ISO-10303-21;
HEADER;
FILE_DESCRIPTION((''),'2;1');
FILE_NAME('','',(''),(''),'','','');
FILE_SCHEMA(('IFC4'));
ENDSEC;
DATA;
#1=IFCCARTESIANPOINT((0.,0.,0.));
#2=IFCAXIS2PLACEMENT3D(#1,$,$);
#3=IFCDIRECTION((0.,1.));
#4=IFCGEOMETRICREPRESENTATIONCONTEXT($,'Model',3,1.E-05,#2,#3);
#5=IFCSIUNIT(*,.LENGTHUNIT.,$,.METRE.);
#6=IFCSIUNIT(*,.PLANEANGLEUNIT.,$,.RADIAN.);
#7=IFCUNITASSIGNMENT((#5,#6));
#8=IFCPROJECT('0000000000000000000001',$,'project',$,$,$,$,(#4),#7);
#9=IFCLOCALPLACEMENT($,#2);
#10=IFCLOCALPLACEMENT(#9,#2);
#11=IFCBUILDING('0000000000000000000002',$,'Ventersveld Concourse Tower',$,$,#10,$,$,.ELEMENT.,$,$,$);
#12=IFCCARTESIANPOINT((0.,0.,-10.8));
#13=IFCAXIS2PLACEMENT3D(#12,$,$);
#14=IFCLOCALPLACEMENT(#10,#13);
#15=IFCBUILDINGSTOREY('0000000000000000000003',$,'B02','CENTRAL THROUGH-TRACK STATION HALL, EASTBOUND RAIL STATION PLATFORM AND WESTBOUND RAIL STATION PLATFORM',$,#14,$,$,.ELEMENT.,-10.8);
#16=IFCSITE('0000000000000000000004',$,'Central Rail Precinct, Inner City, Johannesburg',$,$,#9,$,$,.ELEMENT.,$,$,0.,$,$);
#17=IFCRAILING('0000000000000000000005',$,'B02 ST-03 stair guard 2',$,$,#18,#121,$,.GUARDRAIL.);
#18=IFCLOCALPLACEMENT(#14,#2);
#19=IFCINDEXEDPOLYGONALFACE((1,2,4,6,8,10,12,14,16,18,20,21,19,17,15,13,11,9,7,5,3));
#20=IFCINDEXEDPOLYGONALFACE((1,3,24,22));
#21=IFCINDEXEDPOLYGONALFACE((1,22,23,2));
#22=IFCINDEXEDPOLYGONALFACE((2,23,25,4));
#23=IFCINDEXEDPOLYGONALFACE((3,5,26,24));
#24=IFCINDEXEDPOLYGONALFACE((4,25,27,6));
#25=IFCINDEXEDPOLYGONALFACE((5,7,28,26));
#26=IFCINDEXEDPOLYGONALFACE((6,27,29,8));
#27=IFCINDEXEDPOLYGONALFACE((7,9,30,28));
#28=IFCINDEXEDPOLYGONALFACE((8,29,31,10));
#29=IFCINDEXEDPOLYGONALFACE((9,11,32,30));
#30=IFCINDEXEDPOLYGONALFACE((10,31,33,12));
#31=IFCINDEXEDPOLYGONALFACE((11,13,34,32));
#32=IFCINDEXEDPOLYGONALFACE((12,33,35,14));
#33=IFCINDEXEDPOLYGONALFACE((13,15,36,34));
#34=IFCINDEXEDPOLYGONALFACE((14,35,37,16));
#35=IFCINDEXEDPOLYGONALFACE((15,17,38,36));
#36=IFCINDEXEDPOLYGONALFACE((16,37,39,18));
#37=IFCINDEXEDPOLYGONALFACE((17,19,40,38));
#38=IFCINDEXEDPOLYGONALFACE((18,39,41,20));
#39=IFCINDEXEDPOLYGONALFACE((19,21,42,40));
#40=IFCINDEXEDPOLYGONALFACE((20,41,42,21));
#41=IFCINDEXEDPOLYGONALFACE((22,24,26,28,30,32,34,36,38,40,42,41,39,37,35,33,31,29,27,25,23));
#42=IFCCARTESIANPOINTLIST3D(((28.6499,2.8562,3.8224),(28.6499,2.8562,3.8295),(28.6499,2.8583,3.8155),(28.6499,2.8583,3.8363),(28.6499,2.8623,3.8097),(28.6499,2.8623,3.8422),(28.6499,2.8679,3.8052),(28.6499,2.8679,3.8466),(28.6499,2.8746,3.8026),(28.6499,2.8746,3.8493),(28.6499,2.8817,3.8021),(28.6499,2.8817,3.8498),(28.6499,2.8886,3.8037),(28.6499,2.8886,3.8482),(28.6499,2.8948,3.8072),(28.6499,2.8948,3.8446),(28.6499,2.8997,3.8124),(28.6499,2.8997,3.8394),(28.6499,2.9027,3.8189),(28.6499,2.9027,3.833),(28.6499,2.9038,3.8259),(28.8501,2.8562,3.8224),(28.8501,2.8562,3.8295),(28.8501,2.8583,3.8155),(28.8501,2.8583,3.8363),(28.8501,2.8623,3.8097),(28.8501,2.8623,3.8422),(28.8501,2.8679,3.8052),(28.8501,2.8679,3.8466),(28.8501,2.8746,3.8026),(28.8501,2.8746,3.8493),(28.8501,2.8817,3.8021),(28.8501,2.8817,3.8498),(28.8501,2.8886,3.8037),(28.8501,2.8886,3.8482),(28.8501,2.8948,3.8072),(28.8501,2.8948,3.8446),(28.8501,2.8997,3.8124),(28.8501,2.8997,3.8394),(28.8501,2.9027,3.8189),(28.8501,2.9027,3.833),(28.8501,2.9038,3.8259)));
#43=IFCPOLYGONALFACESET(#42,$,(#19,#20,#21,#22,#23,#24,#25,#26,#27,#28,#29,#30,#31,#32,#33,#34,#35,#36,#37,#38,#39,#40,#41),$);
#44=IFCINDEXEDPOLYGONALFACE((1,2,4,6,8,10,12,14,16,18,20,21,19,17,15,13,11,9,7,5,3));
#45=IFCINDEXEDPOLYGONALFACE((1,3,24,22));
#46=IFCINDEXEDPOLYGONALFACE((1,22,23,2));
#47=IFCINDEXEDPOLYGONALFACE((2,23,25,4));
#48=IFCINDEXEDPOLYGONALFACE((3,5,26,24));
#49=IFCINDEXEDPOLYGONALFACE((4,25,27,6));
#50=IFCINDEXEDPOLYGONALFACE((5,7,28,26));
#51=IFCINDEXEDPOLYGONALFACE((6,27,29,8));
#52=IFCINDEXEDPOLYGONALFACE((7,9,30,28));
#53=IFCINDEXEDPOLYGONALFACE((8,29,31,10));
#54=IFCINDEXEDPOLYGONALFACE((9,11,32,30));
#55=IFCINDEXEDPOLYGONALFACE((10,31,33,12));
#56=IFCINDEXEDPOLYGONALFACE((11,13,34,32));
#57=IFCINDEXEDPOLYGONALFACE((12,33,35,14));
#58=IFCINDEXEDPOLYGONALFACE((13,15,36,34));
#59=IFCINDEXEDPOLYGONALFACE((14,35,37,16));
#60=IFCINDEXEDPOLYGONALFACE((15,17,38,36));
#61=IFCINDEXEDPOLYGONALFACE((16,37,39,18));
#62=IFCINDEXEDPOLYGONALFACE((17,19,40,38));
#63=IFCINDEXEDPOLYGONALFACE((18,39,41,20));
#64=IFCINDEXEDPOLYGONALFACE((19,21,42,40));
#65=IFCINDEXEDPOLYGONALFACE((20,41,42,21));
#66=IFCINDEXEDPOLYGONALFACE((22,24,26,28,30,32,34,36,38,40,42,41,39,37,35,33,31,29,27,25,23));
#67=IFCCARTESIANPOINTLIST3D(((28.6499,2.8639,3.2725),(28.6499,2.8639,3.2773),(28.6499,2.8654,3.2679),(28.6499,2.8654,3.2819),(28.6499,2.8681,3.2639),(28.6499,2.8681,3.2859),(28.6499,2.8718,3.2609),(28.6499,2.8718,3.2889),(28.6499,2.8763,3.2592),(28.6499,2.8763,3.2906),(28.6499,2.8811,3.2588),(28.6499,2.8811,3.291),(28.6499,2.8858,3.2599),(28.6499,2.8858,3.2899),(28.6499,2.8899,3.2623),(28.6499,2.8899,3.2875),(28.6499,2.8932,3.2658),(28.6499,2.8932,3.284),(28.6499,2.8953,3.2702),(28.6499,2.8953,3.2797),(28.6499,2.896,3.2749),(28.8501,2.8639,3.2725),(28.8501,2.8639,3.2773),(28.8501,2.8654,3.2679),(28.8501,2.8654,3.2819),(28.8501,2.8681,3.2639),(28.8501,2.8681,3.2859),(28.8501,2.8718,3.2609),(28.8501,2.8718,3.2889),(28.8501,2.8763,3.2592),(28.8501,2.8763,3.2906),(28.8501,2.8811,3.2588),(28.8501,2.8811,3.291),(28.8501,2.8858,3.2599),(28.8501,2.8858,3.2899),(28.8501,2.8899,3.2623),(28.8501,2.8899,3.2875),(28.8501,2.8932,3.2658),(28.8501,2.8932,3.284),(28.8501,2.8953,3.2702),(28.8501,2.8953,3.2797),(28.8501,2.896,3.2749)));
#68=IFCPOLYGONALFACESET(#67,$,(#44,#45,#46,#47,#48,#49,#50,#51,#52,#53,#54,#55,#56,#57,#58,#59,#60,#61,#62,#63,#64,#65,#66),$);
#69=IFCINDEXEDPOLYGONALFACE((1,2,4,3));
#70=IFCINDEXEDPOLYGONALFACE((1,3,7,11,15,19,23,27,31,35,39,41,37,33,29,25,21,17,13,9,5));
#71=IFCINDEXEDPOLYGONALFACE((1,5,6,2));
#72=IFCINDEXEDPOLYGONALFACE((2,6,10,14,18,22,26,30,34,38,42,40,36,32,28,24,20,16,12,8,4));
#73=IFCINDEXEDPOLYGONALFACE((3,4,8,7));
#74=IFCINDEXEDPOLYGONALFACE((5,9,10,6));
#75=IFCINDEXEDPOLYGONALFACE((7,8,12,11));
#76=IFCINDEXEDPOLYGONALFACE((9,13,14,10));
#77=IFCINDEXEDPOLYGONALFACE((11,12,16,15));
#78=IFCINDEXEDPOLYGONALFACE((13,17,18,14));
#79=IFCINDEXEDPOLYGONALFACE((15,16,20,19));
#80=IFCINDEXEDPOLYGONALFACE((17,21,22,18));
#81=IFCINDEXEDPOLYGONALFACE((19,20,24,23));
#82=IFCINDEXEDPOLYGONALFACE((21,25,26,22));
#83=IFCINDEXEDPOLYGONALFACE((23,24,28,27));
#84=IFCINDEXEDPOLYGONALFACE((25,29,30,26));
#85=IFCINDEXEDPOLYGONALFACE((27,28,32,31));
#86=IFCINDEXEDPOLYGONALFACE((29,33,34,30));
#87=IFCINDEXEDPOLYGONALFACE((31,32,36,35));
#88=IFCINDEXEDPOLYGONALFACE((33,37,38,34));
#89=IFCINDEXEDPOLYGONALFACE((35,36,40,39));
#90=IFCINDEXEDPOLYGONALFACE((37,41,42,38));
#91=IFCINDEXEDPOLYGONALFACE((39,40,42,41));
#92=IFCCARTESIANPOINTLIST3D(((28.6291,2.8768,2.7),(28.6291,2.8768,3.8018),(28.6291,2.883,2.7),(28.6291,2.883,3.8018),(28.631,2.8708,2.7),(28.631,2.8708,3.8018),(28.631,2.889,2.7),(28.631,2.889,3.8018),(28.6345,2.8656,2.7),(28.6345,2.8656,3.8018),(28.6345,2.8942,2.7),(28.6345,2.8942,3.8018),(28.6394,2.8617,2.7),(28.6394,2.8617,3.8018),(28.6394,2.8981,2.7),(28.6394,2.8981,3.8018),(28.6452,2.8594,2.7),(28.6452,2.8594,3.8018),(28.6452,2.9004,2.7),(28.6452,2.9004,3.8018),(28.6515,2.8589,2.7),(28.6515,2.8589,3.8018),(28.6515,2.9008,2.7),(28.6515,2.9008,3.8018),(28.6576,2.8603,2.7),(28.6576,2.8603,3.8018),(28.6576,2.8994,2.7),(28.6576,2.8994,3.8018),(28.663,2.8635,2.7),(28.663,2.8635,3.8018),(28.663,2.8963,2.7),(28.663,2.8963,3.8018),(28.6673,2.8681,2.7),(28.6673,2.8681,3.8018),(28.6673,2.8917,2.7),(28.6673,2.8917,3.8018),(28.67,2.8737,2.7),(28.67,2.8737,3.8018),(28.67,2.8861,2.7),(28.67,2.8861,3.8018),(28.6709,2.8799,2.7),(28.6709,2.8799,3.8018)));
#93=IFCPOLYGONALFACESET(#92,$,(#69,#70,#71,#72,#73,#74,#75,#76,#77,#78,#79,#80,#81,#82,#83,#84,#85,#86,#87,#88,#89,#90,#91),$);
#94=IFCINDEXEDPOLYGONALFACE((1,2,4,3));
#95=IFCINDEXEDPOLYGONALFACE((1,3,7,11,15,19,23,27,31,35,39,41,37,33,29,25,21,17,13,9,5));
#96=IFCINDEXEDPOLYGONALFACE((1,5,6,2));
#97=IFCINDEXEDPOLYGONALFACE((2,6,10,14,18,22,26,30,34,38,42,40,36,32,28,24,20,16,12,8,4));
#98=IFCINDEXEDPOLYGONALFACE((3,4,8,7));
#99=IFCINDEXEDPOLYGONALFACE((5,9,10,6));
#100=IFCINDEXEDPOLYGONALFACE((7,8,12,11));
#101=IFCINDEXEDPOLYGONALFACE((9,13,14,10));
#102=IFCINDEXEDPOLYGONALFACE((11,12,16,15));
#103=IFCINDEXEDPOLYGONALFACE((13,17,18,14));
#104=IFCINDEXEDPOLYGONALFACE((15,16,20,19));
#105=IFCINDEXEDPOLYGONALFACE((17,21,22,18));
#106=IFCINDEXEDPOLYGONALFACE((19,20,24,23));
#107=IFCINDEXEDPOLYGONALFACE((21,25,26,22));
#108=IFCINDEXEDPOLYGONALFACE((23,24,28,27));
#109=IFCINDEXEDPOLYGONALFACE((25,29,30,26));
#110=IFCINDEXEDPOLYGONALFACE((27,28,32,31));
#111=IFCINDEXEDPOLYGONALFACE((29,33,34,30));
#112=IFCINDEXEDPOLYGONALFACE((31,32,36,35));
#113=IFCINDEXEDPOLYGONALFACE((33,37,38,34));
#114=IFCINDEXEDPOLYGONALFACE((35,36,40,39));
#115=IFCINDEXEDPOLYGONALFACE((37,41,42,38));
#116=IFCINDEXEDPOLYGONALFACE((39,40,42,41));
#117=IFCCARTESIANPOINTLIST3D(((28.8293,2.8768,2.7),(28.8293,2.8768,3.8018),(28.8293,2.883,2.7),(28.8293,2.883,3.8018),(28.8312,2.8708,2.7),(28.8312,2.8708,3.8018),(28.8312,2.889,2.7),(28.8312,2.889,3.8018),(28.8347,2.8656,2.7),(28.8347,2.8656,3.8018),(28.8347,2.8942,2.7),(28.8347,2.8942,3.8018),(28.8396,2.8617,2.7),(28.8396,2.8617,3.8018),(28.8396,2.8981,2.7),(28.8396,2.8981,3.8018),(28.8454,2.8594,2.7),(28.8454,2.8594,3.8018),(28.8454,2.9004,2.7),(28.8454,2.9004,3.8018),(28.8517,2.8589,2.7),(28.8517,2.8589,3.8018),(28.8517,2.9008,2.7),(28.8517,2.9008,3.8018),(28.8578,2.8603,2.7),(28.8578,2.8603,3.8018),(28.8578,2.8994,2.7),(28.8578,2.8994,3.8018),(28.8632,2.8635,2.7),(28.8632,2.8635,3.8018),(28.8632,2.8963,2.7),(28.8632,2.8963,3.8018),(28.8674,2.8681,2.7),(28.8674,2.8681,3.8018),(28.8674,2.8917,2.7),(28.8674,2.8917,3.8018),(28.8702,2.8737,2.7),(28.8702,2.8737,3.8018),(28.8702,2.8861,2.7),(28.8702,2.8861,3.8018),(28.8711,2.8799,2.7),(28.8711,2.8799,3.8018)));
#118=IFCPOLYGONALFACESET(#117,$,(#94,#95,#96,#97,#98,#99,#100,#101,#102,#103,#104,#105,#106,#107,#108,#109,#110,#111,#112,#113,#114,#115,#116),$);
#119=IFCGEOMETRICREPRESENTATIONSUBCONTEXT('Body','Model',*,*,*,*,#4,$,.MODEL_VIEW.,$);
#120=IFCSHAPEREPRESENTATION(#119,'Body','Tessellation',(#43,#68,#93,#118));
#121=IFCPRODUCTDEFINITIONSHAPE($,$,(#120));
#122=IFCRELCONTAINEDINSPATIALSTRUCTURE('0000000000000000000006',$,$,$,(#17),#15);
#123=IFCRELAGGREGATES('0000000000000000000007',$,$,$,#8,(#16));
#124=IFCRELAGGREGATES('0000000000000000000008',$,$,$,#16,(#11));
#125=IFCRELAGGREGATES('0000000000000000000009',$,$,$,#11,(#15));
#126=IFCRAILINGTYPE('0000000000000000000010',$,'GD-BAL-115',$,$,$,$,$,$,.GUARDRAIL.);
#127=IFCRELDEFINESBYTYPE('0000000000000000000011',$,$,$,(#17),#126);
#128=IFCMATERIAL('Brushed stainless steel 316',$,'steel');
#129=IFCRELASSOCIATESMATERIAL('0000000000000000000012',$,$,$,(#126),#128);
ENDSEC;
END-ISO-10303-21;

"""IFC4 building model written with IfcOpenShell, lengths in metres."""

from ifc_helpers import new_model, si_unit, direction, frame, origin, origin_2d, place, context, subcontext, project, spatial, circle, extrude, material, type_object, element, save


model = new_model("IFC4")

# Units and contexts
model_context = context("Model", 3, precision=1e-05, world=origin(), true_north=direction((0.0, 1.0)))
body_context = subcontext(model_context, "Body", "Model", "MODEL_VIEW")
ifc_project = project(units=[si_unit("LENGTHUNIT", "METRE"), si_unit("PLANEANGLEUNIT", "RADIAN")], contexts=[model_context])

# Site, building, storey
site_placement = place(None, origin())
site = spatial("IfcSite", under=ifc_project, at=site_placement, Name="Central Rail Precinct, Inner City, Johannesburg", CompositionType="ELEMENT", RefElevation=0.0)
building_placement = place(site_placement, origin())
building = spatial("IfcBuilding", under=site, at=building_placement, Name="Ventersveld Concourse Tower", CompositionType="ELEMENT")
storey_placement = place(building_placement, frame((0.0, 0.0, -10.8)))
storey = spatial("IfcBuildingStorey", under=building, at=storey_placement, Name="B02", Description="CENTRAL THROUGH-TRACK STATION HALL, EASTBOUND RAIL STATION PLATFORM AND WESTBOUND RAIL STATION PLATFORM", CompositionType="ELEMENT", Elevation=-10.8)

# Railing
ifc_material_1 = material(Name="Brushed stainless steel 316", Category="steel")
railing_type_1 = type_object("IfcRailingType", Name="GD-BAL-115", PredefinedType="GUARDRAIL", material=ifc_material_1)
railing_1_placement = place(storey_placement, frame((28.6499, 2.8799, 2.7)))
element("IfcRailing", 1, at=railing_1_placement, inside=storey, type_object=railing_type_1, Name="B02 ST-03 stair guard 2", PredefinedType="GUARDRAIL", context=body_context, shape_type="SweptSolid", body=[
    extrude(circle(Radius=0.0239, at=origin_2d()), frame((0.0, 0.0, 1.126), z_axis=(1.0, 0.0, 0.0), x_axis=(0.0, 1.0, 0.0)), (0.0, 0.0, 1.0), 0.2002),
    extrude(circle(Radius=0.0161, at=origin_2d()), frame((0.0, 0.0, 0.575), z_axis=(1.0, 0.0, 0.0), x_axis=(0.0, 1.0, 0.0)), (0.0, 0.0, 1.0), 0.2002),
    extrude(circle(Radius=0.021, at=origin_2d()), origin(), (0.0, 0.0, 1.0), 1.1018),
    extrude(circle(Radius=0.021, at=origin_2d()), frame((0.2002, 0.0, 0.0)), (0.0, 0.0, 1.0), 1.1018),
])

save(model, "model.ifc")
